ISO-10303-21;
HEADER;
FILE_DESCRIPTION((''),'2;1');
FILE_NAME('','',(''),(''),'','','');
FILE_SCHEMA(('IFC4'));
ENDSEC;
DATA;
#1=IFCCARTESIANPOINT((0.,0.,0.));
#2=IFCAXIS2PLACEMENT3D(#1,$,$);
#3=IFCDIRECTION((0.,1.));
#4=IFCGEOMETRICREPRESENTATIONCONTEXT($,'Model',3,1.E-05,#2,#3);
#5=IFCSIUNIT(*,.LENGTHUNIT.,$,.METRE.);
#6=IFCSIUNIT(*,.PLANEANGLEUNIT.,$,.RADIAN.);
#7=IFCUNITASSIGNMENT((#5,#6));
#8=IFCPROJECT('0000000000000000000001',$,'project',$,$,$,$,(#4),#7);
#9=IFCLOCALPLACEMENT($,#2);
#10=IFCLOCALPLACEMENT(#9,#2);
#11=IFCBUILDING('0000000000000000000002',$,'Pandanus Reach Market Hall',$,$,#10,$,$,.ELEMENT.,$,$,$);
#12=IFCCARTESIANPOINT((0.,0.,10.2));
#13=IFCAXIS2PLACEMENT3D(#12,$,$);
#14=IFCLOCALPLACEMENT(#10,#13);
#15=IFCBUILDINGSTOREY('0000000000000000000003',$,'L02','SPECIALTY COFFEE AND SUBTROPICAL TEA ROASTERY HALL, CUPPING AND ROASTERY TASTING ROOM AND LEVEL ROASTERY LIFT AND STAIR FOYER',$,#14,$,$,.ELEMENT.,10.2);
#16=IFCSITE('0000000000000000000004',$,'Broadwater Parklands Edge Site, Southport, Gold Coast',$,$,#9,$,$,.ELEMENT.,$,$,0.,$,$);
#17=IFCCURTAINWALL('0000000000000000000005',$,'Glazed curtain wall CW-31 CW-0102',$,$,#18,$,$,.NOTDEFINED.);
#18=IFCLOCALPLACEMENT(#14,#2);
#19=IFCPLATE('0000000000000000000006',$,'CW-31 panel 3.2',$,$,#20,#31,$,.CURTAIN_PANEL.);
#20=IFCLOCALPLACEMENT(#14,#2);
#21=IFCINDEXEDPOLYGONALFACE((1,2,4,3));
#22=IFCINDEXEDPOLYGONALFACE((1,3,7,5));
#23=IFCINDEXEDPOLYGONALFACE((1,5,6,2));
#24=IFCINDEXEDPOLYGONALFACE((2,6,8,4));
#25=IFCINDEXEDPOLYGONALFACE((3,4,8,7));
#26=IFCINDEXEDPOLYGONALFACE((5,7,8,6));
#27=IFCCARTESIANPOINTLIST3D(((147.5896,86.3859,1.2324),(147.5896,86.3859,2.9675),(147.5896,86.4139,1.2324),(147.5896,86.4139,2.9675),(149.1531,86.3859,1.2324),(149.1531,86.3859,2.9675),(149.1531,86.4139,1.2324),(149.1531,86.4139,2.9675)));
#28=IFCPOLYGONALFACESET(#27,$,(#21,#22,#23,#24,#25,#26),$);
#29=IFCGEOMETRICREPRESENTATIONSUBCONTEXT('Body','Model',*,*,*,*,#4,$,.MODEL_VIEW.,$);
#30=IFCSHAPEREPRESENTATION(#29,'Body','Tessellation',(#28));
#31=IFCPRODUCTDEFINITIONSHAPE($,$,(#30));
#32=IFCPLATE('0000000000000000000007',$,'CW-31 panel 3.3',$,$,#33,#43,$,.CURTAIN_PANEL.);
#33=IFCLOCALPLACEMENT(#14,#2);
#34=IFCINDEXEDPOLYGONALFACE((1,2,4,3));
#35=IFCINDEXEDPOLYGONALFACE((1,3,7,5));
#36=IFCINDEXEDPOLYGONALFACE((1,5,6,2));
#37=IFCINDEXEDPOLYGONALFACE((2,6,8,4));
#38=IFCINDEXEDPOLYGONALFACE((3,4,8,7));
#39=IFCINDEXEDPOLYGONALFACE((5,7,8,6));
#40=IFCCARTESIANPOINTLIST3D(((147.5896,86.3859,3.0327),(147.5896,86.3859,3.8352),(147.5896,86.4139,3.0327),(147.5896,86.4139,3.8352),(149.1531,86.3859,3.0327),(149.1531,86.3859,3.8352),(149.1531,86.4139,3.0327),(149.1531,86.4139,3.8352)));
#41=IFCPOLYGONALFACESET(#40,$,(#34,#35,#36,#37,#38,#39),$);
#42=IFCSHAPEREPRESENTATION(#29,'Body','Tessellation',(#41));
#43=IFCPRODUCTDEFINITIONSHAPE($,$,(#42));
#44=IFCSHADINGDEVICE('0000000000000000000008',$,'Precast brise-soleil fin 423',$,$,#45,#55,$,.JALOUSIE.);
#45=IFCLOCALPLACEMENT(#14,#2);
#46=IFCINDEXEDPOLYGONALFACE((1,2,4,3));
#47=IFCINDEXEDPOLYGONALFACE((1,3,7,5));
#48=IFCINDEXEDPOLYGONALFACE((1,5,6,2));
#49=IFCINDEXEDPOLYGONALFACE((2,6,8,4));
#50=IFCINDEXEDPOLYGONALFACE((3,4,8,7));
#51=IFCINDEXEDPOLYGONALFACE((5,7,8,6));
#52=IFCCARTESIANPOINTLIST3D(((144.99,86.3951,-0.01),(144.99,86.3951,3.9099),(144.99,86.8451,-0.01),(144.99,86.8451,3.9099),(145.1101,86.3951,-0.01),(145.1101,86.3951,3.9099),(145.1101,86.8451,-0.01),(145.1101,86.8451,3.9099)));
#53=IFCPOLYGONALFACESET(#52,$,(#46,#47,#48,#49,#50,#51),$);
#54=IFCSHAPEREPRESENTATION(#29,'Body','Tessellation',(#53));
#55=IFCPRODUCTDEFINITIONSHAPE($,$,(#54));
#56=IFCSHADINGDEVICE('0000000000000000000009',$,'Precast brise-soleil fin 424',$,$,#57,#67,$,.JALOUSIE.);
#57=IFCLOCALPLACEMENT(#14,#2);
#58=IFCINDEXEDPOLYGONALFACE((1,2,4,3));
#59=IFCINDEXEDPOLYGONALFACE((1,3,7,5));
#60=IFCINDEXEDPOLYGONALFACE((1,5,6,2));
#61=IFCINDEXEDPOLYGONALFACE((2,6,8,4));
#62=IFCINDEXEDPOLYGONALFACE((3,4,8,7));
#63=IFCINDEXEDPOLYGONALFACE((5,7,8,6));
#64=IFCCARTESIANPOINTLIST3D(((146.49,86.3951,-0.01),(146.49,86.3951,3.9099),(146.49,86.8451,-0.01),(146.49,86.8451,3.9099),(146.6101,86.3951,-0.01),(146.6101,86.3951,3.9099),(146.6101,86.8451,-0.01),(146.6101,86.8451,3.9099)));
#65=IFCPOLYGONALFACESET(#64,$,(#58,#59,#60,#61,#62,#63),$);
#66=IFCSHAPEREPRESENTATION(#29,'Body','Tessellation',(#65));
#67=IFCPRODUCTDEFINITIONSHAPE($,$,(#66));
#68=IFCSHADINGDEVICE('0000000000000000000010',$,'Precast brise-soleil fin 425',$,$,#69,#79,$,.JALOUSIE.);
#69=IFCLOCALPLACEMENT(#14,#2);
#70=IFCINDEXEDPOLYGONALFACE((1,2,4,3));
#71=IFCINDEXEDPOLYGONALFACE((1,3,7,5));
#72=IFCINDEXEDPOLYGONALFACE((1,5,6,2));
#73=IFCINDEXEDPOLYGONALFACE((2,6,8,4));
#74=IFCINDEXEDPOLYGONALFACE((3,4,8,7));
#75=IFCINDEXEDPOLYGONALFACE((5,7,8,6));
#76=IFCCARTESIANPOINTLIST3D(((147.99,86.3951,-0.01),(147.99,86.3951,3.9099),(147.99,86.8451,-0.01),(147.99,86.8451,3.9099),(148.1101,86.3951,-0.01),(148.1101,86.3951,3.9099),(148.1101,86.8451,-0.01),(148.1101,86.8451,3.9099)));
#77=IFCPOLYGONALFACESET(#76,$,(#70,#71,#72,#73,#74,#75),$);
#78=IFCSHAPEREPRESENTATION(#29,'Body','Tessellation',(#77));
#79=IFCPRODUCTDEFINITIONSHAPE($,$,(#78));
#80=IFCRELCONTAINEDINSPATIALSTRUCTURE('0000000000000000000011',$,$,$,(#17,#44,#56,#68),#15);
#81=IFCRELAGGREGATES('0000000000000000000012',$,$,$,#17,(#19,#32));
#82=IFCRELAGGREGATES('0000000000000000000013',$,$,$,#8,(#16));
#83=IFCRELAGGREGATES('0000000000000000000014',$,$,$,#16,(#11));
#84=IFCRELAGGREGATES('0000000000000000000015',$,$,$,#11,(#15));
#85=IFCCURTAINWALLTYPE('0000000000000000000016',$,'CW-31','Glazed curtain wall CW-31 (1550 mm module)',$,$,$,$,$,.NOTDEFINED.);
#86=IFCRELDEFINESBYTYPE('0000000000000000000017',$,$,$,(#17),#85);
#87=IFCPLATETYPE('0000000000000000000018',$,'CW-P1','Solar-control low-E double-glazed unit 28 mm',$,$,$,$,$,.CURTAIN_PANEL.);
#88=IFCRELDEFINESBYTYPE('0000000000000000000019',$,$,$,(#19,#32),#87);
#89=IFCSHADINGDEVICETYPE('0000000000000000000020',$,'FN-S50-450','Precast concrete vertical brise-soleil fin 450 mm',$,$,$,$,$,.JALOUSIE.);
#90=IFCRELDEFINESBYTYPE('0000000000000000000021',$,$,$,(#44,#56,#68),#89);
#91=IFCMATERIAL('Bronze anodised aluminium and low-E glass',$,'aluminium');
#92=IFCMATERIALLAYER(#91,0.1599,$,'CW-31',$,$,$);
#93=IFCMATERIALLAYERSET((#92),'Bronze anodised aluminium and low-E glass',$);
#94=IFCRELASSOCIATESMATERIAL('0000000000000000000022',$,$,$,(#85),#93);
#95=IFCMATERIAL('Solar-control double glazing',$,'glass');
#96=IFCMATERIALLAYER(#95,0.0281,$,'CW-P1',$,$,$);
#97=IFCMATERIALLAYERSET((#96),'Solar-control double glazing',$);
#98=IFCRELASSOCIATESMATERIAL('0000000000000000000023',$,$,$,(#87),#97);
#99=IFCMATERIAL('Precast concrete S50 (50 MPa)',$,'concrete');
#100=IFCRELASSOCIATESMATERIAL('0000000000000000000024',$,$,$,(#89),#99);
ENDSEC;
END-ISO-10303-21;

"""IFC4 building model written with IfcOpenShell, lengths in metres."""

from ifc_helpers import new_model, si_unit, direction, frame, origin, origin_2d, place, context, subcontext, project, spatial, rectangle, extrude, material, layer, layer_set, type_object, element, aggregate, save


model = new_model("IFC4")

# Units and contexts
model_context = context("Model", 3, precision=1e-05, world=origin(), true_north=direction((0.0, 1.0)))
body_context = subcontext(model_context, "Body", "Model", "MODEL_VIEW")
ifc_project = project(units=[si_unit("LENGTHUNIT", "METRE"), si_unit("PLANEANGLEUNIT", "RADIAN")], contexts=[model_context])

# Site, building, storey
site_placement = place(None, origin())
site = spatial("IfcSite", under=ifc_project, at=site_placement, Name="Broadwater Parklands Edge Site, Southport, Gold Coast", CompositionType="ELEMENT", RefElevation=0.0)
building_placement = place(site_placement, origin())
building = spatial("IfcBuilding", under=site, at=building_placement, Name="Pandanus Reach Market Hall", CompositionType="ELEMENT")
storey_placement = place(building_placement, frame((0.0, 0.0, 10.2)))
storey = spatial("IfcBuildingStorey", under=building, at=storey_placement, Name="L02", Description="SPECIALTY COFFEE AND SUBTROPICAL TEA ROASTERY HALL, CUPPING AND ROASTERY TASTING ROOM AND LEVEL ROASTERY LIFT AND STAIR FOYER", CompositionType="ELEMENT", Elevation=10.2)

# Curtain wall
ifc_material_1 = material(Name="Bronze anodised aluminium and low-E glass", Category="aluminium")
ifc_layer_1 = layer(ifc_material_1, 0.1599, Name="CW-31")
ifc_layer_set_1 = layer_set([ifc_layer_1], Name="Bronze anodised aluminium and low-E glass")
curtain_wall_type_1 = type_object("IfcCurtainWallType", Name="CW-31", Description="Glazed curtain wall CW-31 (1550 mm module)", PredefinedType="NOTDEFINED", material=ifc_layer_set_1)
curtain_wall_1_placement = place(storey_placement, origin())
curtain_wall_1 = element("IfcCurtainWall", 1, at=curtain_wall_1_placement, inside=storey, type_object=curtain_wall_type_1, Name="Glazed curtain wall CW-31 CW-0102", PredefinedType="NOTDEFINED")

# Plates
ifc_material_2 = material(Name="Solar-control double glazing", Category="glass")
ifc_layer_2 = layer(ifc_material_2, 0.0281, Name="CW-P1")
ifc_layer_set_2 = layer_set([ifc_layer_2], Name="Solar-control double glazing")
plate_type = type_object("IfcPlateType", Name="CW-P1", Description="Solar-control low-E double-glazed unit 28 mm", PredefinedType="CURTAIN_PANEL", material=ifc_layer_set_2)
plate_1_placement = place(storey_placement, frame((148.3713, 86.3999, 1.2324), z_axis=(0.0, 0.0, 1.0), x_axis=(1.0, 0.0, 0.0)))
plate_1 = element("IfcPlate", 2, at=plate_1_placement, type_object=plate_type, Name="CW-31 panel 3.2", PredefinedType="CURTAIN_PANEL", context=body_context, shape_type="SweptSolid", body=[
    extrude(rectangle(XDim=1.5635, YDim=0.0281, at=origin_2d()), origin(), (0.0, 0.0, 1.0), 1.7351),
])
plate_2_placement = place(storey_placement, frame((148.3713, 86.3999, 3.0327), z_axis=(0.0, 0.0, 1.0), x_axis=(1.0, 0.0, 0.0)))
plate_2 = element("IfcPlate", 3, at=plate_2_placement, type_object=plate_type, Name="CW-31 panel 3.3", PredefinedType="CURTAIN_PANEL", context=body_context, shape_type="SweptSolid", body=[
    extrude(rectangle(XDim=1.5635, YDim=0.0281, at=origin_2d()), origin(), (0.0, 0.0, 1.0), 0.8025),
])
aggregate(curtain_wall_1, [plate_1, plate_2])

# Shading devices
ifc_material_3 = material(Name="Precast concrete S50 (50 MPa)", Category="concrete")
shading_device_type = type_object("IfcShadingDeviceType", Name="FN-S50-450", Description="Precast concrete vertical brise-soleil fin 450 mm", PredefinedType="JALOUSIE", material=ifc_material_3)
for number, where, z_axis, x_axis, name in (
    (4, (145.05, 86.6201, -0.01), (0.0, 0.0, 1.0), (0.0, 1.0, 0.0), "Precast brise-soleil fin 423"),
    (5, (146.55, 86.6201, -0.01), (0.0, 0.0, 1.0), (0.0, 1.0, 0.0), "Precast brise-soleil fin 424"),
    (6, (148.05, 86.6201, -0.01), (0.0, 0.0, 1.0), (0.0, 1.0, 0.0), "Precast brise-soleil fin 425"),
):
    element("IfcShadingDevice", number, at=place(storey_placement, frame(where, z_axis=z_axis, x_axis=x_axis)), inside=storey, type_object=shading_device_type, Name=name, PredefinedType="JALOUSIE", context=body_context, shape_type="SweptSolid", body=[
        extrude(rectangle(XDim=0.45, YDim=0.1201, at=origin_2d()), origin(), (0.0, 0.0, 1.0), 3.9199),
    ])

save(model, "model.ifc")
